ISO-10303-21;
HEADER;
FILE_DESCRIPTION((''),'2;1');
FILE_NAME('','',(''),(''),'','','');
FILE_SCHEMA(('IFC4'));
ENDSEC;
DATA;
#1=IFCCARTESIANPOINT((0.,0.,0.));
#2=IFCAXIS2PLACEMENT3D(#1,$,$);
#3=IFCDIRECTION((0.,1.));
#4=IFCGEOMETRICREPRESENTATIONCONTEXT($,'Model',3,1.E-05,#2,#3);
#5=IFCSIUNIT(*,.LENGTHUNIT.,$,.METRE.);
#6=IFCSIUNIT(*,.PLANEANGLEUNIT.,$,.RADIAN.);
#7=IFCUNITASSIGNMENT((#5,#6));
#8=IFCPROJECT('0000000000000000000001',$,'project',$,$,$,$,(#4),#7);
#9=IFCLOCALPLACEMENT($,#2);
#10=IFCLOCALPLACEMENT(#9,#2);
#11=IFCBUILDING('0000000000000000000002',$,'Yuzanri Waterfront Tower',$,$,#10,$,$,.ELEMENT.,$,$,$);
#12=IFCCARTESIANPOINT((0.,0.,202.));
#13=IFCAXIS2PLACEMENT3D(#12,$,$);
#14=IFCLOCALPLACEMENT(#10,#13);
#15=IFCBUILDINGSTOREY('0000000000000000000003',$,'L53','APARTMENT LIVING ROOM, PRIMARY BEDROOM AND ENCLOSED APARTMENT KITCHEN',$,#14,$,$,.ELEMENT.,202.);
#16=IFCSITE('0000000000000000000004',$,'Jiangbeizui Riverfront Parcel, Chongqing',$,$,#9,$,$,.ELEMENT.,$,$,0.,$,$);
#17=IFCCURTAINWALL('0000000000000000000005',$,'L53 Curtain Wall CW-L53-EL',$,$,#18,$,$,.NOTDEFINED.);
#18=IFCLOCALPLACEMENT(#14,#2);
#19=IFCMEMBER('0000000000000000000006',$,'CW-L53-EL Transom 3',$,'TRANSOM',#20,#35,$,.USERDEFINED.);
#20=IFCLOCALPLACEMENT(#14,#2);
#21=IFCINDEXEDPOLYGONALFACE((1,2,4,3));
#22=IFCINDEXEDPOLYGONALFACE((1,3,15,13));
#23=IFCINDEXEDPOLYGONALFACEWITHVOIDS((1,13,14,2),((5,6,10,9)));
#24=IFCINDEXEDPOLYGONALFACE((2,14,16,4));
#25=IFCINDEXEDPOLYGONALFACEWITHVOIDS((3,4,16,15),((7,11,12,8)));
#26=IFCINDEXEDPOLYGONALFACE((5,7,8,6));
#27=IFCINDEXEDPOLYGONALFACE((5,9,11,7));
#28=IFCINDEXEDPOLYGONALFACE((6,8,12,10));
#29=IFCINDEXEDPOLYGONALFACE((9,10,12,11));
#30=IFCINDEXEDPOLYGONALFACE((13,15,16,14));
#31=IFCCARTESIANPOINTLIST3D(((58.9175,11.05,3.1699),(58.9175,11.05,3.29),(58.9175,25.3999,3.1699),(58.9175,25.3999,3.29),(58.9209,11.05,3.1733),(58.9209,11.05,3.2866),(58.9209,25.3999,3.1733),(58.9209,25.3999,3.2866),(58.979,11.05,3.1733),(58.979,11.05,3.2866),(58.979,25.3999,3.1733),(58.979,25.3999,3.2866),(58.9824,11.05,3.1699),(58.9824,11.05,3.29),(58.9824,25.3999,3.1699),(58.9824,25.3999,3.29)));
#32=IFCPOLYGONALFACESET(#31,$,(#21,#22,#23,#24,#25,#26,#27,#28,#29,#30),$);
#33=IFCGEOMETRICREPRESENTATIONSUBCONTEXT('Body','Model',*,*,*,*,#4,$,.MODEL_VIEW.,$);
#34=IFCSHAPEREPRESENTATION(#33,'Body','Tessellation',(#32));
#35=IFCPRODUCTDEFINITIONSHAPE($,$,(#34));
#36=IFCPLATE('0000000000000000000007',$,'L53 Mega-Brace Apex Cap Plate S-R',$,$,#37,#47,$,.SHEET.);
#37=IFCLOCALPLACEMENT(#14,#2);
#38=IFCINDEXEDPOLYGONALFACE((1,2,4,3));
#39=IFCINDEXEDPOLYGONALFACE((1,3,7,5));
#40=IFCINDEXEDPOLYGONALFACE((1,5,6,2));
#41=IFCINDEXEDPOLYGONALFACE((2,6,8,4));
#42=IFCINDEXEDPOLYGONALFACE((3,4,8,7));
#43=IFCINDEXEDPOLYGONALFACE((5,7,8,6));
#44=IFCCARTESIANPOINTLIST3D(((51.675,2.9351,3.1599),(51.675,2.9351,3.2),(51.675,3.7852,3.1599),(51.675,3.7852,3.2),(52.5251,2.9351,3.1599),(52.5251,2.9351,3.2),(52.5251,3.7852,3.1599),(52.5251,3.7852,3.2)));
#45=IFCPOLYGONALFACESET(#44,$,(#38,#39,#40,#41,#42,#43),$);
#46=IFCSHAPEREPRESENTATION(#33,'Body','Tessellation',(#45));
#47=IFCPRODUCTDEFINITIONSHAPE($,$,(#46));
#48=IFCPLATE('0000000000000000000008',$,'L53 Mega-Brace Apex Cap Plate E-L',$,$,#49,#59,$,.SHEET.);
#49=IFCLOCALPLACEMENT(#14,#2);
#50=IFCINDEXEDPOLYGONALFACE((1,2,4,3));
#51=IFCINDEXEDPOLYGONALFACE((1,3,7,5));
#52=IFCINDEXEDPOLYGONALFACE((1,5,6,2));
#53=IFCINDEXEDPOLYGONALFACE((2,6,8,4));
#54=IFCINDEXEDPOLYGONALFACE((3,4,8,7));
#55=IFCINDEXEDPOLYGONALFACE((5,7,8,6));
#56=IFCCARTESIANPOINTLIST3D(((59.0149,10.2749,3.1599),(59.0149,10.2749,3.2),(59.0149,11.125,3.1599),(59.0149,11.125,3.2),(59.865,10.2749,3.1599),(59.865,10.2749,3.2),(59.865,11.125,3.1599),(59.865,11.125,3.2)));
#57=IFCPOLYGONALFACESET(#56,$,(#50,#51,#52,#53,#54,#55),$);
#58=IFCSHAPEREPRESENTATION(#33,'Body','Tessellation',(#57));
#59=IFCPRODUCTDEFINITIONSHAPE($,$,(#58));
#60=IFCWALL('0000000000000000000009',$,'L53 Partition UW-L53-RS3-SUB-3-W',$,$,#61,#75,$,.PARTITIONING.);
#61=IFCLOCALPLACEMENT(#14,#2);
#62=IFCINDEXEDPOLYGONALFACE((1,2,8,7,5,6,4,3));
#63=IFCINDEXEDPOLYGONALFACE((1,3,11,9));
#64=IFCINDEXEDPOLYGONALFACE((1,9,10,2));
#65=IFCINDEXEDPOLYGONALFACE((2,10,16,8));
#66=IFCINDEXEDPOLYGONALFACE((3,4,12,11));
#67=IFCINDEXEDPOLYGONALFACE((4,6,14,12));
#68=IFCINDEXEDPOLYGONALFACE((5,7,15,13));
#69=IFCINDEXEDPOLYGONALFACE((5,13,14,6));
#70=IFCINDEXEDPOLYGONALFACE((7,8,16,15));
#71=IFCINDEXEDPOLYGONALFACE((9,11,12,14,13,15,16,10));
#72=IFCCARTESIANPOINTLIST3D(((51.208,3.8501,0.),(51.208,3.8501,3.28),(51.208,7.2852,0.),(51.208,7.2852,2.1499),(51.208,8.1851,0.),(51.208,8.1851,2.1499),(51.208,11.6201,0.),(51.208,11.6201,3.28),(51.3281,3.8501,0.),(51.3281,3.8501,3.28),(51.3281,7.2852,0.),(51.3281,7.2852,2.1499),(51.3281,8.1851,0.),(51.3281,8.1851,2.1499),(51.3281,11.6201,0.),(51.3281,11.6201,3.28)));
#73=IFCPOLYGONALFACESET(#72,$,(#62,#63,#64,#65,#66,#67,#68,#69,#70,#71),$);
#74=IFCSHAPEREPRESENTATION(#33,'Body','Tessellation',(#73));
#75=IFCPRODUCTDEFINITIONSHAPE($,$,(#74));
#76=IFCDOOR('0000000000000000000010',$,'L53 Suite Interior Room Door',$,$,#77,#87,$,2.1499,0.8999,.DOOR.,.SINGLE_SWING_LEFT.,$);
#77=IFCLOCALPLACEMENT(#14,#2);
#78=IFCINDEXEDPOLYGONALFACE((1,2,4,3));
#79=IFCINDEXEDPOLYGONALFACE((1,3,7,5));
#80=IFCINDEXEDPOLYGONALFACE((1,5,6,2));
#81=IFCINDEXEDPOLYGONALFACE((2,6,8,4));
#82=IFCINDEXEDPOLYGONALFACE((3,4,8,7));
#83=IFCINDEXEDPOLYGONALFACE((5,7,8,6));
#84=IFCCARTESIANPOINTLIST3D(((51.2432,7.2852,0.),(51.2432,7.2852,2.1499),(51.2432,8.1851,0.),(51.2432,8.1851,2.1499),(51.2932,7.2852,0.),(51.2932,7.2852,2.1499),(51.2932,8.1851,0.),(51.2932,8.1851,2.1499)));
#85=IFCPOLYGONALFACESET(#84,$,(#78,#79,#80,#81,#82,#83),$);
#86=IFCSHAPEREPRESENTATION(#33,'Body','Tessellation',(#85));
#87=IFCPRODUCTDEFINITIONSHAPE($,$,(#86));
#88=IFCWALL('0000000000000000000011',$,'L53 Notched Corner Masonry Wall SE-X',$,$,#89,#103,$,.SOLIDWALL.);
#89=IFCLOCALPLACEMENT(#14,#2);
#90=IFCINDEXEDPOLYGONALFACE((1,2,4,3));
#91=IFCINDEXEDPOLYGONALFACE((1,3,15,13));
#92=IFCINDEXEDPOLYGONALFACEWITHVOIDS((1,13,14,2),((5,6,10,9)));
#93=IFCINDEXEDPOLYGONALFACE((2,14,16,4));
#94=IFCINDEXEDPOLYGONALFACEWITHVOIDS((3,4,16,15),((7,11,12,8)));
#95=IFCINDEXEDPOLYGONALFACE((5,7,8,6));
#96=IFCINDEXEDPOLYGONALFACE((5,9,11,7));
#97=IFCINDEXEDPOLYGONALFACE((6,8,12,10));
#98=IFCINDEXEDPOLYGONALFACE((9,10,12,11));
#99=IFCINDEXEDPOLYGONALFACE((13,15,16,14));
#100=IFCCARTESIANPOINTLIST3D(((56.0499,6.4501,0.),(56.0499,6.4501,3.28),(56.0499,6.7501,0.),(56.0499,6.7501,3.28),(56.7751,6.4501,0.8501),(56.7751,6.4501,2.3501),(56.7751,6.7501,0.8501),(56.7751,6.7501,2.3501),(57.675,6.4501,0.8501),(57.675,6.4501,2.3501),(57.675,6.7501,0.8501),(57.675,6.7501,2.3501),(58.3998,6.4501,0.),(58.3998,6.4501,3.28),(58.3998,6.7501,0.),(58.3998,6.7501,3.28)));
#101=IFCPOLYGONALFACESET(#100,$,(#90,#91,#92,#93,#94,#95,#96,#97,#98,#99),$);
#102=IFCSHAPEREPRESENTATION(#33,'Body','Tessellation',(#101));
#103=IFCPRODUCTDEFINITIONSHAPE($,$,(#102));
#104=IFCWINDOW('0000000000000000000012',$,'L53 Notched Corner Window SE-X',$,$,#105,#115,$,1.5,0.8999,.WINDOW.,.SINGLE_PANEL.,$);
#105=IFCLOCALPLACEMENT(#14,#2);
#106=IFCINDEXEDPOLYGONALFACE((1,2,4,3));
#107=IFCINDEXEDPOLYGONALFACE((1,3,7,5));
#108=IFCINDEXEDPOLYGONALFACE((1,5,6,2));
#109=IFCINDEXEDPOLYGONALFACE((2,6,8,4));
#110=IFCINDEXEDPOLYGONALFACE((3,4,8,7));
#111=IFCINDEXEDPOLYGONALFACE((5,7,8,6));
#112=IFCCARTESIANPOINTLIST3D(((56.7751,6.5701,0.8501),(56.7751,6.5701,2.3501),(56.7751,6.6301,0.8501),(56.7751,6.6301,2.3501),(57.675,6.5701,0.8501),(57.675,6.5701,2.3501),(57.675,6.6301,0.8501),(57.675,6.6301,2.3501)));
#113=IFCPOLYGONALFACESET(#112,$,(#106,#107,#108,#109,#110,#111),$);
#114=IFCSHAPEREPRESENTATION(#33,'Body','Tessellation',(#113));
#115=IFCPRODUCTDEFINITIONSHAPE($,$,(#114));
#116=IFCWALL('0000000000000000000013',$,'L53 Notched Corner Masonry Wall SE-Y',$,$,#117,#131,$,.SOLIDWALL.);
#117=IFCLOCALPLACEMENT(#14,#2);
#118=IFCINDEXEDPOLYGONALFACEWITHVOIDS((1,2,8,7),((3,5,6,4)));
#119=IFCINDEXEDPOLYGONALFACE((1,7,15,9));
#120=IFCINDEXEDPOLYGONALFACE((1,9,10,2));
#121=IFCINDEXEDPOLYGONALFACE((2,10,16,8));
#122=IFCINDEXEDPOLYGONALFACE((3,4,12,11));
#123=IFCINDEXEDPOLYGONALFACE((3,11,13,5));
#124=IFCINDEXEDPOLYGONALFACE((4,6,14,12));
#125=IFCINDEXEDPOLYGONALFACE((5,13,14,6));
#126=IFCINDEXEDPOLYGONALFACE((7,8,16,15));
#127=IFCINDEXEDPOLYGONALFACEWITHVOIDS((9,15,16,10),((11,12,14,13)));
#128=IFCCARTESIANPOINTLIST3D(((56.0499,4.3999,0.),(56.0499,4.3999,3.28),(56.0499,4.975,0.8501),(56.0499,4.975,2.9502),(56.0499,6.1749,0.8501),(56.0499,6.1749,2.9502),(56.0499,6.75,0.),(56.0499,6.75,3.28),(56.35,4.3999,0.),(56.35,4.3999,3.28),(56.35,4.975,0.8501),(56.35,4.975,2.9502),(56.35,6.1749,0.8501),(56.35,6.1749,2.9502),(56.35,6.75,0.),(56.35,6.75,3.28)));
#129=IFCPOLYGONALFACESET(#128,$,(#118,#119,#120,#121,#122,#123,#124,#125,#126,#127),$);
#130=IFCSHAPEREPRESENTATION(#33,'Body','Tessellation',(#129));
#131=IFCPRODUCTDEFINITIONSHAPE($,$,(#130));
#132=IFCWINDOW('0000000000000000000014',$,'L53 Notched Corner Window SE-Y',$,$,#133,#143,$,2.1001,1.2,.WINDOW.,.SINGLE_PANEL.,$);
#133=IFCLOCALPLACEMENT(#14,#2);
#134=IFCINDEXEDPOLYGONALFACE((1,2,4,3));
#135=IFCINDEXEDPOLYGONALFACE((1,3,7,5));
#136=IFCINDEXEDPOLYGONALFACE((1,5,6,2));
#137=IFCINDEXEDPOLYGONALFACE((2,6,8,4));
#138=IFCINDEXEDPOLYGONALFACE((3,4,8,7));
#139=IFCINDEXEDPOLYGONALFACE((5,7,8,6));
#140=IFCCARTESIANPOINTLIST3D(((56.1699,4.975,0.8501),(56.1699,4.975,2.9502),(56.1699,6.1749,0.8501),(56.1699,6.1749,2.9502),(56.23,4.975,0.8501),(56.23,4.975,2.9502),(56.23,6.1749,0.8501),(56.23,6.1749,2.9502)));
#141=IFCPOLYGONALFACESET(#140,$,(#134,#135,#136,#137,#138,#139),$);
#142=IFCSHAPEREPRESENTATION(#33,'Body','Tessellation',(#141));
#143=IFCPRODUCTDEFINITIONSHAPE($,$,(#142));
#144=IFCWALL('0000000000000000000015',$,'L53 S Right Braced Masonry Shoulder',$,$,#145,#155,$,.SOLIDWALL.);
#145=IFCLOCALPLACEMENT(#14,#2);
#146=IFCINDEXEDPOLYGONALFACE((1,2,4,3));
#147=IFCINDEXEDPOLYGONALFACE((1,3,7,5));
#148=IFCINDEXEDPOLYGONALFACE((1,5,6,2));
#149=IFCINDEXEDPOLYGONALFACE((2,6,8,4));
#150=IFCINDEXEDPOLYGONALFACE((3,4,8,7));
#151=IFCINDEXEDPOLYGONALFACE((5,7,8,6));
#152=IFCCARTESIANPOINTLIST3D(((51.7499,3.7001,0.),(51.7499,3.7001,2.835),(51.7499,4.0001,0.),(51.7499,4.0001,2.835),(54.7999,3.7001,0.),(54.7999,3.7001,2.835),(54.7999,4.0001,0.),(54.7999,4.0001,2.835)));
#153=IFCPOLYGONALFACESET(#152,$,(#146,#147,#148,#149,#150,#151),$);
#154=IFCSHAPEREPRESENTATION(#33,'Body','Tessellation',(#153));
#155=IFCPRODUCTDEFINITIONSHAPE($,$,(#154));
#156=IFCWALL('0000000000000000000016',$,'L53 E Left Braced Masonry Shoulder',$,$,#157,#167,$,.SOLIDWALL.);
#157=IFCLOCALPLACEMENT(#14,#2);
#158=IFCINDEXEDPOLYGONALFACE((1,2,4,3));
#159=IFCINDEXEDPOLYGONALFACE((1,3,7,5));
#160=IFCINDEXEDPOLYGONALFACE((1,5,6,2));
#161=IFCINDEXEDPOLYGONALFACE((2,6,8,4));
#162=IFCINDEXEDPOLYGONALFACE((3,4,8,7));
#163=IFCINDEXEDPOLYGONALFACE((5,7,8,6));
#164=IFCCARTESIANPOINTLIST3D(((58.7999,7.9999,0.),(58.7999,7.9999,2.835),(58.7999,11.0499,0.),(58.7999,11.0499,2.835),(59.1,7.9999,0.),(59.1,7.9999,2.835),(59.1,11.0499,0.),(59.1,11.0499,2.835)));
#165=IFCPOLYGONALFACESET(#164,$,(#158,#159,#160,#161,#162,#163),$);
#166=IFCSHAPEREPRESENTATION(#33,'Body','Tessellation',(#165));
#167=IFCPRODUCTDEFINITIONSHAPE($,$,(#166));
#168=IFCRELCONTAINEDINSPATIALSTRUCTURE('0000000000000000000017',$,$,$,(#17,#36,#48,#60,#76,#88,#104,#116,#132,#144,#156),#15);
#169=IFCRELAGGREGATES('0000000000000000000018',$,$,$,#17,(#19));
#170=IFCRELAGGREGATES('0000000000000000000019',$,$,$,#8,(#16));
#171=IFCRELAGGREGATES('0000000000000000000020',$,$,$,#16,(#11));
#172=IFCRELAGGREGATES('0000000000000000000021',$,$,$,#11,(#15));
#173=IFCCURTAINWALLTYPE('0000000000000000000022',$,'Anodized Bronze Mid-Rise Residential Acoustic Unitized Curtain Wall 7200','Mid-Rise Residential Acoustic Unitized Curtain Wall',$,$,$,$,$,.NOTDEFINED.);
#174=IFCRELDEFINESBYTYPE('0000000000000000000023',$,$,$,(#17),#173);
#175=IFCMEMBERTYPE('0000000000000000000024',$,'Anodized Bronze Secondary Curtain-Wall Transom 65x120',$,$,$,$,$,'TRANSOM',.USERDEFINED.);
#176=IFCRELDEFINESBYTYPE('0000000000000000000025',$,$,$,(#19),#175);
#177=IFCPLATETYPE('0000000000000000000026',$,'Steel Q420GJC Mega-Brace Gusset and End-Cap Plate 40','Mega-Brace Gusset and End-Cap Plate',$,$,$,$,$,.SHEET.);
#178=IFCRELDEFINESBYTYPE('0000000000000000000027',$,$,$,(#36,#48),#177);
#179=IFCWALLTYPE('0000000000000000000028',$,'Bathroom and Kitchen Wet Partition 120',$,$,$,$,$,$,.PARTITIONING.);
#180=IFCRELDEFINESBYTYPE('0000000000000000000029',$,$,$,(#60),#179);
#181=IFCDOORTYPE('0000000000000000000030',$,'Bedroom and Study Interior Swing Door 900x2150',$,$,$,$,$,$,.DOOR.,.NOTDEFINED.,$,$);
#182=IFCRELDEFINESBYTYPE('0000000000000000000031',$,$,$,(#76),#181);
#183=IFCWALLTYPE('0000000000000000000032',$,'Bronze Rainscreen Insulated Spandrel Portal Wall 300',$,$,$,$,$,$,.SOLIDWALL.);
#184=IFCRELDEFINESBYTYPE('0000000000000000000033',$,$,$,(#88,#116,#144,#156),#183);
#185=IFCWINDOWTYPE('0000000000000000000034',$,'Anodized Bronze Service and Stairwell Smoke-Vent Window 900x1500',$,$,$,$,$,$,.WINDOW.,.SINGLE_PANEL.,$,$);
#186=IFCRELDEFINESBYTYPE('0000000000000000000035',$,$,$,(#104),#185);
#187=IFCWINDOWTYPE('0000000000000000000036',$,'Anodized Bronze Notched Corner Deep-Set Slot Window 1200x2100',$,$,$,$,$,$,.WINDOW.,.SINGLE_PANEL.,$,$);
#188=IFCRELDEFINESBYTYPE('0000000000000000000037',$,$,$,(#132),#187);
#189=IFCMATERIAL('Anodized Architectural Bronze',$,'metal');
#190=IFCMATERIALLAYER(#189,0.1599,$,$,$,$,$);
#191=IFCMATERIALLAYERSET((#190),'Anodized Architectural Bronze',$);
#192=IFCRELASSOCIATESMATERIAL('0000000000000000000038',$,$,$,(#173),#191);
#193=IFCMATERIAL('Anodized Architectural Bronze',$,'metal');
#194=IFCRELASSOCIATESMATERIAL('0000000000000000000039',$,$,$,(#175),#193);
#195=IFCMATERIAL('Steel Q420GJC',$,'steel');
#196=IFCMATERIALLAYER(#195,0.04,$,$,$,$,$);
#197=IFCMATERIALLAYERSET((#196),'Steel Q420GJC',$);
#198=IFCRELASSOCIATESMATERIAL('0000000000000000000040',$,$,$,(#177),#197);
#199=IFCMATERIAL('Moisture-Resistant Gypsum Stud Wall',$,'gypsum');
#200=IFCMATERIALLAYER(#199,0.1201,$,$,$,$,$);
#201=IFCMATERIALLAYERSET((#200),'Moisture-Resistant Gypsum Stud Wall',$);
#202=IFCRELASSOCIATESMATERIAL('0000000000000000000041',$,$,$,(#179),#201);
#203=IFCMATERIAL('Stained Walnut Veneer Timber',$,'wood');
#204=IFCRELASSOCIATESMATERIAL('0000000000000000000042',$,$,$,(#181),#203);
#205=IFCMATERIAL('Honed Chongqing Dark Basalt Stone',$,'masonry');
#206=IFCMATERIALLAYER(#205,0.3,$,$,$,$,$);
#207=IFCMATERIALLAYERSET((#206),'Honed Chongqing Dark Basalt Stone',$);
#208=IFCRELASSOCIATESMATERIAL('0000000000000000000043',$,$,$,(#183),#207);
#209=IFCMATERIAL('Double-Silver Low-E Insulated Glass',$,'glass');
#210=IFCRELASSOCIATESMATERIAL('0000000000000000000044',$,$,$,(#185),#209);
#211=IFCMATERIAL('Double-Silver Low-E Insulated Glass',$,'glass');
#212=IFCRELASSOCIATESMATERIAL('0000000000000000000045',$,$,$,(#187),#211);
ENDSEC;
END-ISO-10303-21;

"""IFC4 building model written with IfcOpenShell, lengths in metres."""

from ifc_helpers import new_model, si_unit, direction, frame, frame_2d, origin, origin_2d, place, context, subcontext, project, spatial, rectangle, hollow_rectangle, extrude, source, transform, mapped, material, layer, layer_set, material_profile, profile_set, type_object, element, fill, aggregate, save


model = new_model("IFC4")

# Units and contexts
model_context = context("Model", 3, precision=1e-05, world=origin(), true_north=direction((0.0, 1.0)))
body_context = subcontext(model_context, "Body", "Model", "MODEL_VIEW")
ifc_project = project(units=[si_unit("LENGTHUNIT", "METRE"), si_unit("PLANEANGLEUNIT", "RADIAN")], contexts=[model_context])

# Site, building, storey
site_placement = place(None, origin())
site = spatial("IfcSite", under=ifc_project, at=site_placement, Name="Jiangbeizui Riverfront Parcel, Chongqing", CompositionType="ELEMENT", RefElevation=0.0)
building_placement = place(site_placement, origin())
building = spatial("IfcBuilding", under=site, at=building_placement, Name="Yuzanri Waterfront Tower", CompositionType="ELEMENT")
storey_placement = place(building_placement, frame((0.0, 0.0, 202.0)))
storey = spatial("IfcBuildingStorey", under=building, at=storey_placement, Name="L53", Description="APARTMENT LIVING ROOM, PRIMARY BEDROOM AND ENCLOSED APARTMENT KITCHEN", CompositionType="ELEMENT", Elevation=202.0)

# Curtain wall, member
ifc_material_1 = material(Name="Anodized Architectural Bronze", Category="metal")
ifc_layer_1 = layer(ifc_material_1, 0.1599)
ifc_layer_set_1 = layer_set([ifc_layer_1], Name="Anodized Architectural Bronze")
curtain_wall_type = type_object("IfcCurtainWallType", Name="Anodized Bronze Mid-Rise Residential Acoustic Unitized Curtain Wall 7200", Description="Mid-Rise Residential Acoustic Unitized Curtain Wall", PredefinedType="NOTDEFINED", material=ifc_layer_set_1)
curtain_wall_1_placement = place(storey_placement, origin())
curtain_wall_1 = element("IfcCurtainWall", 1, at=curtain_wall_1_placement, inside=storey, type_object=curtain_wall_type, Name="L53 Curtain Wall CW-L53-EL", PredefinedType="NOTDEFINED")
ifc_material_2 = material(Name="Anodized Architectural Bronze", Category="metal")
ifc_material_profile_1 = material_profile(ifc_material_2, hollow_rectangle(XDim=0.0649, YDim=0.1201, WallThickness=0.0034, at=origin_2d()), Name="CWT 65x120")
ifc_profile_set_1 = profile_set([ifc_material_profile_1], Name="Anodized Architectural Bronze")
member_type_1 = type_object("IfcMemberType", Name="Anodized Bronze Secondary Curtain-Wall Transom 65x120", ElementType="TRANSOM", PredefinedType="USERDEFINED", material=ifc_profile_set_1)
shared_shape_1 = source(origin(), body_context, "Body", "SweptSolid", [
    extrude(hollow_rectangle(XDim=0.0649, YDim=0.1201, WallThickness=0.0034, at=origin_2d()), origin(), (0.0, 0.0, 1.0), 14.3499),
])
member_1_placement = place(storey_placement, frame((58.95, 11.05, 3.23), z_axis=(0.0, 1.0, 0.0), x_axis=(-1.0, 0.0, 0.0)))
member_1 = element("IfcMember", 2, at=member_1_placement, type_object=member_type_1, Name="CW-L53-EL Transom 3", ObjectType="TRANSOM", PredefinedType="USERDEFINED", context=body_context, shape_type="MappedRepresentation", body=[
    mapped(shared_shape_1, transform((0.0, 0.0, 0.0), scale=1.0)),
])
aggregate(curtain_wall_1, [member_1])

# Plates
ifc_material_3 = material(Name="Steel Q420GJC", Category="steel")
ifc_layer_2 = layer(ifc_material_3, 0.04)
ifc_layer_set_2 = layer_set([ifc_layer_2], Name="Steel Q420GJC")
plate_type = type_object("IfcPlateType", Name="Steel Q420GJC Mega-Brace Gusset and End-Cap Plate 40", Description="Mega-Brace Gusset and End-Cap Plate", PredefinedType="SHEET", material=ifc_layer_set_2)
shared_shape_2 = source(origin(), body_context, "Body", "SweptSolid", [
    extrude(rectangle(XDim=0.8501, YDim=0.8501, at=origin_2d()), origin(), (0.0, 0.0, 1.0), 0.04),
])
for number, where, z_axis, x_axis, name in (
    (3, (52.1001, 3.3601, 3.1599), (0.0, 0.0, 1.0), (1.0, 0.0, 0.0), "L53 Mega-Brace Apex Cap Plate S-R"),
    (4, (59.4399, 10.7, 3.1599), (0.0, 0.0, 1.0), (1.0, 0.0, 0.0), "L53 Mega-Brace Apex Cap Plate E-L"),
):
    element("IfcPlate", number, at=place(storey_placement, frame(where, z_axis=z_axis, x_axis=x_axis)), inside=storey, type_object=plate_type, Name=name, PredefinedType="SHEET", context=body_context, shape_type="MappedRepresentation", body=[
        mapped(shared_shape_2, transform((0.0, 0.0, 0.0), scale=1.0)),
    ])

# Wall, opening, door
ifc_material_4 = material(Name="Moisture-Resistant Gypsum Stud Wall", Category="gypsum")
ifc_layer_3 = layer(ifc_material_4, 0.1201)
ifc_layer_set_3 = layer_set([ifc_layer_3], Name="Moisture-Resistant Gypsum Stud Wall")
wall_type_1 = type_object("IfcWallType", Name="Bathroom and Kitchen Wet Partition 120", PredefinedType="PARTITIONING", material=ifc_layer_set_3)
wall_1_placement = place(storey_placement, frame((51.2681, 3.8501, 0.0), z_axis=(0.0, 0.0, 1.0), x_axis=(0.0, 1.0, 0.0)))
wall_1 = element("IfcWall", 5, at=wall_1_placement, inside=storey, type_object=wall_type_1, Name="L53 Partition UW-L53-RS3-SUB-3-W", PredefinedType="PARTITIONING", context=body_context, shape_type="SweptSolid", body=[
    extrude(rectangle(XDim=7.77, YDim=0.1201, at=frame_2d((3.885, 0.0))), origin(), (0.0, 0.0, 1.0), 3.28),
])
opening_1_placement = place(wall_1_placement, frame((3.4351, 0.0, 0.0)))
opening_1 = element("IfcOpeningElement", 6, at=opening_1_placement, cuts=wall_1, PredefinedType="OPENING", context=body_context, shape_type="SweptSolid", body=[
    extrude(rectangle(XDim=0.8999, YDim=2.1499, at=frame_2d((0.45, 1.075))), frame((0.0, 0.075, 0.0), z_axis=(0.0, -1.0, 0.0), x_axis=(1.0, 0.0, 0.0)), (0.0, 0.0, 1.0), 0.1499),
])
ifc_material_5 = material(Name="Stained Walnut Veneer Timber", Category="wood")
door_type = type_object("IfcDoorType", Name="Bedroom and Study Interior Swing Door 900x2150", OperationType="NOTDEFINED", PredefinedType="DOOR", material=ifc_material_5)
shared_shape_3 = source(origin(), body_context, "Body", "SweptSolid", [
    extrude(rectangle(XDim=0.8999, YDim=2.1499, at=frame_2d((0.45, 1.075))), frame((0.0, 0.0249, 0.0), z_axis=(0.0, -1.0, 0.0), x_axis=(1.0, 0.0, 0.0)), (0.0, 0.0, 1.0), 0.05),
])
door_placement = place(opening_1_placement, origin())
door = element("IfcDoor", 7, at=door_placement, inside=storey, type_object=door_type, Name="L53 Suite Interior Room Door", OperationType="SINGLE_SWING_LEFT", OverallHeight=2.1499, OverallWidth=0.8999, PredefinedType="DOOR", context=body_context, shape_type="MappedRepresentation", body=[
    mapped(shared_shape_3, transform((0.0, 0.0, 0.0), scale=1.0)),
])
fill(opening_1, door)

# Walls, openings, windows
ifc_material_6 = material(Name="Honed Chongqing Dark Basalt Stone", Category="masonry")
ifc_layer_4 = layer(ifc_material_6, 0.3)
ifc_layer_set_4 = layer_set([ifc_layer_4], Name="Honed Chongqing Dark Basalt Stone")
wall_type_2 = type_object("IfcWallType", Name="Bronze Rainscreen Insulated Spandrel Portal Wall 300", PredefinedType="SOLIDWALL", material=ifc_layer_set_4)
wall_2_placement = place(storey_placement, frame((56.05, 6.6001, 0.0), z_axis=(0.0, 0.0, 1.0), x_axis=(1.0, 0.0, 0.0)))
wall_2 = element("IfcWall", 8, at=wall_2_placement, inside=storey, type_object=wall_type_2, Name="L53 Notched Corner Masonry Wall SE-X", PredefinedType="SOLIDWALL", context=body_context, shape_type="SweptSolid", body=[
    extrude(rectangle(XDim=2.3499, YDim=0.3, at=frame_2d((1.1748, 0.0))), origin(), (0.0, 0.0, 1.0), 3.28),
])
opening_2_placement = place(wall_2_placement, frame((0.7251, 0.0, 0.8501)))
opening_2 = element("IfcOpeningElement", 9, at=opening_2_placement, cuts=wall_2, PredefinedType="OPENING", context=body_context, shape_type="SweptSolid", body=[
    extrude(rectangle(XDim=0.8999, YDim=1.5, at=frame_2d((0.45, 0.75))), frame((0.0, 0.165, 0.0), z_axis=(0.0, -1.0, 0.0), x_axis=(1.0, 0.0, 0.0)), (0.0, 0.0, 1.0), 0.3298),
])
ifc_material_7 = material(Name="Double-Silver Low-E Insulated Glass", Category="glass")
window_type_1 = type_object("IfcWindowType", Name="Anodized Bronze Service and Stairwell Smoke-Vent Window 900x1500", PartitioningType="SINGLE_PANEL", PredefinedType="WINDOW", material=ifc_material_7)
shared_shape_4 = source(origin(), body_context, "Body", "SweptSolid", [
    extrude(rectangle(XDim=0.8999, YDim=1.5, at=frame_2d((0.45, 0.75))), frame((0.0, 0.03, 0.0), z_axis=(0.0, -1.0, 0.0), x_axis=(1.0, 0.0, 0.0)), (0.0, 0.0, 1.0), 0.0601),
])
window_1_placement = place(opening_2_placement, origin())
window_1 = element("IfcWindow", 10, at=window_1_placement, inside=storey, type_object=window_type_1, Name="L53 Notched Corner Window SE-X", OverallHeight=1.5, OverallWidth=0.8999, PartitioningType="SINGLE_PANEL", PredefinedType="WINDOW", context=body_context, shape_type="MappedRepresentation", body=[
    mapped(shared_shape_4, transform((0.0, 0.0, 0.0), scale=1.0)),
])
fill(opening_2, window_1)
wall_3_placement = place(storey_placement, frame((56.2, 4.3999, 0.0), z_axis=(0.0, 0.0, 1.0), x_axis=(0.0, 1.0, 0.0)))
wall_3 = element("IfcWall", 11, at=wall_3_placement, inside=storey, type_object=wall_type_2, Name="L53 Notched Corner Masonry Wall SE-Y", PredefinedType="SOLIDWALL", context=body_context, shape_type="SweptSolid", body=[
    extrude(rectangle(XDim=2.3501, YDim=0.3, at=frame_2d((1.175, 0.0))), origin(), (0.0, 0.0, 1.0), 3.28),
])
opening_3_placement = place(wall_3_placement, frame((0.575, 0.0, 0.8501)))
opening_3 = element("IfcOpeningElement", 12, at=opening_3_placement, cuts=wall_3, PredefinedType="OPENING", context=body_context, shape_type="SweptSolid", body=[
    extrude(rectangle(XDim=1.2, YDim=2.1001, at=frame_2d((0.6001, 1.05))), frame((0.0, 0.165, 0.0), z_axis=(0.0, -1.0, 0.0), x_axis=(1.0, 0.0, 0.0)), (0.0, 0.0, 1.0), 0.3298),
])
ifc_material_8 = material(Name="Double-Silver Low-E Insulated Glass", Category="glass")
window_type_2 = type_object("IfcWindowType", Name="Anodized Bronze Notched Corner Deep-Set Slot Window 1200x2100", PartitioningType="SINGLE_PANEL", PredefinedType="WINDOW", material=ifc_material_8)
shared_shape_5 = source(origin(), body_context, "Body", "SweptSolid", [
    extrude(rectangle(XDim=1.2, YDim=2.1001, at=frame_2d((0.6001, 1.05))), frame((0.0, 0.03, 0.0), z_axis=(0.0, -1.0, 0.0), x_axis=(1.0, 0.0, 0.0)), (0.0, 0.0, 1.0), 0.0601),
])
window_2_placement = place(opening_3_placement, origin())
window_2 = element("IfcWindow", 13, at=window_2_placement, inside=storey, type_object=window_type_2, Name="L53 Notched Corner Window SE-Y", OverallHeight=2.1001, OverallWidth=1.2, PartitioningType="SINGLE_PANEL", PredefinedType="WINDOW", context=body_context, shape_type="MappedRepresentation", body=[
    mapped(shared_shape_5, transform((0.0, 0.0, 0.0), scale=1.0)),
])
fill(opening_3, window_2)

# Walls
shared_shape_6 = source(origin(), body_context, "Body", "SweptSolid", [
    extrude(rectangle(XDim=3.05, YDim=0.3, at=frame_2d((1.5249, 0.0))), origin(), (0.0, 0.0, 1.0), 2.835),
])
for number, where, z_axis, x_axis, name in (
    (14, (51.75, 3.8501, 0.0), (0.0, 0.0, 1.0), (1.0, 0.0, 0.0), "L53 S Right Braced Masonry Shoulder"),
    (15, (58.95, 8.0, 0.0), (0.0, 0.0, 1.0), (0.0, 1.0, 0.0), "L53 E Left Braced Masonry Shoulder"),
):
    element("IfcWall", number, at=place(storey_placement, frame(where, z_axis=z_axis, x_axis=x_axis)), inside=storey, type_object=wall_type_2, Name=name, PredefinedType="SOLIDWALL", context=body_context, shape_type="MappedRepresentation", body=[
        mapped(shared_shape_6, transform((0.0, 0.0, 0.0), scale=1.0)),
    ])

save(model, "model.ifc")
